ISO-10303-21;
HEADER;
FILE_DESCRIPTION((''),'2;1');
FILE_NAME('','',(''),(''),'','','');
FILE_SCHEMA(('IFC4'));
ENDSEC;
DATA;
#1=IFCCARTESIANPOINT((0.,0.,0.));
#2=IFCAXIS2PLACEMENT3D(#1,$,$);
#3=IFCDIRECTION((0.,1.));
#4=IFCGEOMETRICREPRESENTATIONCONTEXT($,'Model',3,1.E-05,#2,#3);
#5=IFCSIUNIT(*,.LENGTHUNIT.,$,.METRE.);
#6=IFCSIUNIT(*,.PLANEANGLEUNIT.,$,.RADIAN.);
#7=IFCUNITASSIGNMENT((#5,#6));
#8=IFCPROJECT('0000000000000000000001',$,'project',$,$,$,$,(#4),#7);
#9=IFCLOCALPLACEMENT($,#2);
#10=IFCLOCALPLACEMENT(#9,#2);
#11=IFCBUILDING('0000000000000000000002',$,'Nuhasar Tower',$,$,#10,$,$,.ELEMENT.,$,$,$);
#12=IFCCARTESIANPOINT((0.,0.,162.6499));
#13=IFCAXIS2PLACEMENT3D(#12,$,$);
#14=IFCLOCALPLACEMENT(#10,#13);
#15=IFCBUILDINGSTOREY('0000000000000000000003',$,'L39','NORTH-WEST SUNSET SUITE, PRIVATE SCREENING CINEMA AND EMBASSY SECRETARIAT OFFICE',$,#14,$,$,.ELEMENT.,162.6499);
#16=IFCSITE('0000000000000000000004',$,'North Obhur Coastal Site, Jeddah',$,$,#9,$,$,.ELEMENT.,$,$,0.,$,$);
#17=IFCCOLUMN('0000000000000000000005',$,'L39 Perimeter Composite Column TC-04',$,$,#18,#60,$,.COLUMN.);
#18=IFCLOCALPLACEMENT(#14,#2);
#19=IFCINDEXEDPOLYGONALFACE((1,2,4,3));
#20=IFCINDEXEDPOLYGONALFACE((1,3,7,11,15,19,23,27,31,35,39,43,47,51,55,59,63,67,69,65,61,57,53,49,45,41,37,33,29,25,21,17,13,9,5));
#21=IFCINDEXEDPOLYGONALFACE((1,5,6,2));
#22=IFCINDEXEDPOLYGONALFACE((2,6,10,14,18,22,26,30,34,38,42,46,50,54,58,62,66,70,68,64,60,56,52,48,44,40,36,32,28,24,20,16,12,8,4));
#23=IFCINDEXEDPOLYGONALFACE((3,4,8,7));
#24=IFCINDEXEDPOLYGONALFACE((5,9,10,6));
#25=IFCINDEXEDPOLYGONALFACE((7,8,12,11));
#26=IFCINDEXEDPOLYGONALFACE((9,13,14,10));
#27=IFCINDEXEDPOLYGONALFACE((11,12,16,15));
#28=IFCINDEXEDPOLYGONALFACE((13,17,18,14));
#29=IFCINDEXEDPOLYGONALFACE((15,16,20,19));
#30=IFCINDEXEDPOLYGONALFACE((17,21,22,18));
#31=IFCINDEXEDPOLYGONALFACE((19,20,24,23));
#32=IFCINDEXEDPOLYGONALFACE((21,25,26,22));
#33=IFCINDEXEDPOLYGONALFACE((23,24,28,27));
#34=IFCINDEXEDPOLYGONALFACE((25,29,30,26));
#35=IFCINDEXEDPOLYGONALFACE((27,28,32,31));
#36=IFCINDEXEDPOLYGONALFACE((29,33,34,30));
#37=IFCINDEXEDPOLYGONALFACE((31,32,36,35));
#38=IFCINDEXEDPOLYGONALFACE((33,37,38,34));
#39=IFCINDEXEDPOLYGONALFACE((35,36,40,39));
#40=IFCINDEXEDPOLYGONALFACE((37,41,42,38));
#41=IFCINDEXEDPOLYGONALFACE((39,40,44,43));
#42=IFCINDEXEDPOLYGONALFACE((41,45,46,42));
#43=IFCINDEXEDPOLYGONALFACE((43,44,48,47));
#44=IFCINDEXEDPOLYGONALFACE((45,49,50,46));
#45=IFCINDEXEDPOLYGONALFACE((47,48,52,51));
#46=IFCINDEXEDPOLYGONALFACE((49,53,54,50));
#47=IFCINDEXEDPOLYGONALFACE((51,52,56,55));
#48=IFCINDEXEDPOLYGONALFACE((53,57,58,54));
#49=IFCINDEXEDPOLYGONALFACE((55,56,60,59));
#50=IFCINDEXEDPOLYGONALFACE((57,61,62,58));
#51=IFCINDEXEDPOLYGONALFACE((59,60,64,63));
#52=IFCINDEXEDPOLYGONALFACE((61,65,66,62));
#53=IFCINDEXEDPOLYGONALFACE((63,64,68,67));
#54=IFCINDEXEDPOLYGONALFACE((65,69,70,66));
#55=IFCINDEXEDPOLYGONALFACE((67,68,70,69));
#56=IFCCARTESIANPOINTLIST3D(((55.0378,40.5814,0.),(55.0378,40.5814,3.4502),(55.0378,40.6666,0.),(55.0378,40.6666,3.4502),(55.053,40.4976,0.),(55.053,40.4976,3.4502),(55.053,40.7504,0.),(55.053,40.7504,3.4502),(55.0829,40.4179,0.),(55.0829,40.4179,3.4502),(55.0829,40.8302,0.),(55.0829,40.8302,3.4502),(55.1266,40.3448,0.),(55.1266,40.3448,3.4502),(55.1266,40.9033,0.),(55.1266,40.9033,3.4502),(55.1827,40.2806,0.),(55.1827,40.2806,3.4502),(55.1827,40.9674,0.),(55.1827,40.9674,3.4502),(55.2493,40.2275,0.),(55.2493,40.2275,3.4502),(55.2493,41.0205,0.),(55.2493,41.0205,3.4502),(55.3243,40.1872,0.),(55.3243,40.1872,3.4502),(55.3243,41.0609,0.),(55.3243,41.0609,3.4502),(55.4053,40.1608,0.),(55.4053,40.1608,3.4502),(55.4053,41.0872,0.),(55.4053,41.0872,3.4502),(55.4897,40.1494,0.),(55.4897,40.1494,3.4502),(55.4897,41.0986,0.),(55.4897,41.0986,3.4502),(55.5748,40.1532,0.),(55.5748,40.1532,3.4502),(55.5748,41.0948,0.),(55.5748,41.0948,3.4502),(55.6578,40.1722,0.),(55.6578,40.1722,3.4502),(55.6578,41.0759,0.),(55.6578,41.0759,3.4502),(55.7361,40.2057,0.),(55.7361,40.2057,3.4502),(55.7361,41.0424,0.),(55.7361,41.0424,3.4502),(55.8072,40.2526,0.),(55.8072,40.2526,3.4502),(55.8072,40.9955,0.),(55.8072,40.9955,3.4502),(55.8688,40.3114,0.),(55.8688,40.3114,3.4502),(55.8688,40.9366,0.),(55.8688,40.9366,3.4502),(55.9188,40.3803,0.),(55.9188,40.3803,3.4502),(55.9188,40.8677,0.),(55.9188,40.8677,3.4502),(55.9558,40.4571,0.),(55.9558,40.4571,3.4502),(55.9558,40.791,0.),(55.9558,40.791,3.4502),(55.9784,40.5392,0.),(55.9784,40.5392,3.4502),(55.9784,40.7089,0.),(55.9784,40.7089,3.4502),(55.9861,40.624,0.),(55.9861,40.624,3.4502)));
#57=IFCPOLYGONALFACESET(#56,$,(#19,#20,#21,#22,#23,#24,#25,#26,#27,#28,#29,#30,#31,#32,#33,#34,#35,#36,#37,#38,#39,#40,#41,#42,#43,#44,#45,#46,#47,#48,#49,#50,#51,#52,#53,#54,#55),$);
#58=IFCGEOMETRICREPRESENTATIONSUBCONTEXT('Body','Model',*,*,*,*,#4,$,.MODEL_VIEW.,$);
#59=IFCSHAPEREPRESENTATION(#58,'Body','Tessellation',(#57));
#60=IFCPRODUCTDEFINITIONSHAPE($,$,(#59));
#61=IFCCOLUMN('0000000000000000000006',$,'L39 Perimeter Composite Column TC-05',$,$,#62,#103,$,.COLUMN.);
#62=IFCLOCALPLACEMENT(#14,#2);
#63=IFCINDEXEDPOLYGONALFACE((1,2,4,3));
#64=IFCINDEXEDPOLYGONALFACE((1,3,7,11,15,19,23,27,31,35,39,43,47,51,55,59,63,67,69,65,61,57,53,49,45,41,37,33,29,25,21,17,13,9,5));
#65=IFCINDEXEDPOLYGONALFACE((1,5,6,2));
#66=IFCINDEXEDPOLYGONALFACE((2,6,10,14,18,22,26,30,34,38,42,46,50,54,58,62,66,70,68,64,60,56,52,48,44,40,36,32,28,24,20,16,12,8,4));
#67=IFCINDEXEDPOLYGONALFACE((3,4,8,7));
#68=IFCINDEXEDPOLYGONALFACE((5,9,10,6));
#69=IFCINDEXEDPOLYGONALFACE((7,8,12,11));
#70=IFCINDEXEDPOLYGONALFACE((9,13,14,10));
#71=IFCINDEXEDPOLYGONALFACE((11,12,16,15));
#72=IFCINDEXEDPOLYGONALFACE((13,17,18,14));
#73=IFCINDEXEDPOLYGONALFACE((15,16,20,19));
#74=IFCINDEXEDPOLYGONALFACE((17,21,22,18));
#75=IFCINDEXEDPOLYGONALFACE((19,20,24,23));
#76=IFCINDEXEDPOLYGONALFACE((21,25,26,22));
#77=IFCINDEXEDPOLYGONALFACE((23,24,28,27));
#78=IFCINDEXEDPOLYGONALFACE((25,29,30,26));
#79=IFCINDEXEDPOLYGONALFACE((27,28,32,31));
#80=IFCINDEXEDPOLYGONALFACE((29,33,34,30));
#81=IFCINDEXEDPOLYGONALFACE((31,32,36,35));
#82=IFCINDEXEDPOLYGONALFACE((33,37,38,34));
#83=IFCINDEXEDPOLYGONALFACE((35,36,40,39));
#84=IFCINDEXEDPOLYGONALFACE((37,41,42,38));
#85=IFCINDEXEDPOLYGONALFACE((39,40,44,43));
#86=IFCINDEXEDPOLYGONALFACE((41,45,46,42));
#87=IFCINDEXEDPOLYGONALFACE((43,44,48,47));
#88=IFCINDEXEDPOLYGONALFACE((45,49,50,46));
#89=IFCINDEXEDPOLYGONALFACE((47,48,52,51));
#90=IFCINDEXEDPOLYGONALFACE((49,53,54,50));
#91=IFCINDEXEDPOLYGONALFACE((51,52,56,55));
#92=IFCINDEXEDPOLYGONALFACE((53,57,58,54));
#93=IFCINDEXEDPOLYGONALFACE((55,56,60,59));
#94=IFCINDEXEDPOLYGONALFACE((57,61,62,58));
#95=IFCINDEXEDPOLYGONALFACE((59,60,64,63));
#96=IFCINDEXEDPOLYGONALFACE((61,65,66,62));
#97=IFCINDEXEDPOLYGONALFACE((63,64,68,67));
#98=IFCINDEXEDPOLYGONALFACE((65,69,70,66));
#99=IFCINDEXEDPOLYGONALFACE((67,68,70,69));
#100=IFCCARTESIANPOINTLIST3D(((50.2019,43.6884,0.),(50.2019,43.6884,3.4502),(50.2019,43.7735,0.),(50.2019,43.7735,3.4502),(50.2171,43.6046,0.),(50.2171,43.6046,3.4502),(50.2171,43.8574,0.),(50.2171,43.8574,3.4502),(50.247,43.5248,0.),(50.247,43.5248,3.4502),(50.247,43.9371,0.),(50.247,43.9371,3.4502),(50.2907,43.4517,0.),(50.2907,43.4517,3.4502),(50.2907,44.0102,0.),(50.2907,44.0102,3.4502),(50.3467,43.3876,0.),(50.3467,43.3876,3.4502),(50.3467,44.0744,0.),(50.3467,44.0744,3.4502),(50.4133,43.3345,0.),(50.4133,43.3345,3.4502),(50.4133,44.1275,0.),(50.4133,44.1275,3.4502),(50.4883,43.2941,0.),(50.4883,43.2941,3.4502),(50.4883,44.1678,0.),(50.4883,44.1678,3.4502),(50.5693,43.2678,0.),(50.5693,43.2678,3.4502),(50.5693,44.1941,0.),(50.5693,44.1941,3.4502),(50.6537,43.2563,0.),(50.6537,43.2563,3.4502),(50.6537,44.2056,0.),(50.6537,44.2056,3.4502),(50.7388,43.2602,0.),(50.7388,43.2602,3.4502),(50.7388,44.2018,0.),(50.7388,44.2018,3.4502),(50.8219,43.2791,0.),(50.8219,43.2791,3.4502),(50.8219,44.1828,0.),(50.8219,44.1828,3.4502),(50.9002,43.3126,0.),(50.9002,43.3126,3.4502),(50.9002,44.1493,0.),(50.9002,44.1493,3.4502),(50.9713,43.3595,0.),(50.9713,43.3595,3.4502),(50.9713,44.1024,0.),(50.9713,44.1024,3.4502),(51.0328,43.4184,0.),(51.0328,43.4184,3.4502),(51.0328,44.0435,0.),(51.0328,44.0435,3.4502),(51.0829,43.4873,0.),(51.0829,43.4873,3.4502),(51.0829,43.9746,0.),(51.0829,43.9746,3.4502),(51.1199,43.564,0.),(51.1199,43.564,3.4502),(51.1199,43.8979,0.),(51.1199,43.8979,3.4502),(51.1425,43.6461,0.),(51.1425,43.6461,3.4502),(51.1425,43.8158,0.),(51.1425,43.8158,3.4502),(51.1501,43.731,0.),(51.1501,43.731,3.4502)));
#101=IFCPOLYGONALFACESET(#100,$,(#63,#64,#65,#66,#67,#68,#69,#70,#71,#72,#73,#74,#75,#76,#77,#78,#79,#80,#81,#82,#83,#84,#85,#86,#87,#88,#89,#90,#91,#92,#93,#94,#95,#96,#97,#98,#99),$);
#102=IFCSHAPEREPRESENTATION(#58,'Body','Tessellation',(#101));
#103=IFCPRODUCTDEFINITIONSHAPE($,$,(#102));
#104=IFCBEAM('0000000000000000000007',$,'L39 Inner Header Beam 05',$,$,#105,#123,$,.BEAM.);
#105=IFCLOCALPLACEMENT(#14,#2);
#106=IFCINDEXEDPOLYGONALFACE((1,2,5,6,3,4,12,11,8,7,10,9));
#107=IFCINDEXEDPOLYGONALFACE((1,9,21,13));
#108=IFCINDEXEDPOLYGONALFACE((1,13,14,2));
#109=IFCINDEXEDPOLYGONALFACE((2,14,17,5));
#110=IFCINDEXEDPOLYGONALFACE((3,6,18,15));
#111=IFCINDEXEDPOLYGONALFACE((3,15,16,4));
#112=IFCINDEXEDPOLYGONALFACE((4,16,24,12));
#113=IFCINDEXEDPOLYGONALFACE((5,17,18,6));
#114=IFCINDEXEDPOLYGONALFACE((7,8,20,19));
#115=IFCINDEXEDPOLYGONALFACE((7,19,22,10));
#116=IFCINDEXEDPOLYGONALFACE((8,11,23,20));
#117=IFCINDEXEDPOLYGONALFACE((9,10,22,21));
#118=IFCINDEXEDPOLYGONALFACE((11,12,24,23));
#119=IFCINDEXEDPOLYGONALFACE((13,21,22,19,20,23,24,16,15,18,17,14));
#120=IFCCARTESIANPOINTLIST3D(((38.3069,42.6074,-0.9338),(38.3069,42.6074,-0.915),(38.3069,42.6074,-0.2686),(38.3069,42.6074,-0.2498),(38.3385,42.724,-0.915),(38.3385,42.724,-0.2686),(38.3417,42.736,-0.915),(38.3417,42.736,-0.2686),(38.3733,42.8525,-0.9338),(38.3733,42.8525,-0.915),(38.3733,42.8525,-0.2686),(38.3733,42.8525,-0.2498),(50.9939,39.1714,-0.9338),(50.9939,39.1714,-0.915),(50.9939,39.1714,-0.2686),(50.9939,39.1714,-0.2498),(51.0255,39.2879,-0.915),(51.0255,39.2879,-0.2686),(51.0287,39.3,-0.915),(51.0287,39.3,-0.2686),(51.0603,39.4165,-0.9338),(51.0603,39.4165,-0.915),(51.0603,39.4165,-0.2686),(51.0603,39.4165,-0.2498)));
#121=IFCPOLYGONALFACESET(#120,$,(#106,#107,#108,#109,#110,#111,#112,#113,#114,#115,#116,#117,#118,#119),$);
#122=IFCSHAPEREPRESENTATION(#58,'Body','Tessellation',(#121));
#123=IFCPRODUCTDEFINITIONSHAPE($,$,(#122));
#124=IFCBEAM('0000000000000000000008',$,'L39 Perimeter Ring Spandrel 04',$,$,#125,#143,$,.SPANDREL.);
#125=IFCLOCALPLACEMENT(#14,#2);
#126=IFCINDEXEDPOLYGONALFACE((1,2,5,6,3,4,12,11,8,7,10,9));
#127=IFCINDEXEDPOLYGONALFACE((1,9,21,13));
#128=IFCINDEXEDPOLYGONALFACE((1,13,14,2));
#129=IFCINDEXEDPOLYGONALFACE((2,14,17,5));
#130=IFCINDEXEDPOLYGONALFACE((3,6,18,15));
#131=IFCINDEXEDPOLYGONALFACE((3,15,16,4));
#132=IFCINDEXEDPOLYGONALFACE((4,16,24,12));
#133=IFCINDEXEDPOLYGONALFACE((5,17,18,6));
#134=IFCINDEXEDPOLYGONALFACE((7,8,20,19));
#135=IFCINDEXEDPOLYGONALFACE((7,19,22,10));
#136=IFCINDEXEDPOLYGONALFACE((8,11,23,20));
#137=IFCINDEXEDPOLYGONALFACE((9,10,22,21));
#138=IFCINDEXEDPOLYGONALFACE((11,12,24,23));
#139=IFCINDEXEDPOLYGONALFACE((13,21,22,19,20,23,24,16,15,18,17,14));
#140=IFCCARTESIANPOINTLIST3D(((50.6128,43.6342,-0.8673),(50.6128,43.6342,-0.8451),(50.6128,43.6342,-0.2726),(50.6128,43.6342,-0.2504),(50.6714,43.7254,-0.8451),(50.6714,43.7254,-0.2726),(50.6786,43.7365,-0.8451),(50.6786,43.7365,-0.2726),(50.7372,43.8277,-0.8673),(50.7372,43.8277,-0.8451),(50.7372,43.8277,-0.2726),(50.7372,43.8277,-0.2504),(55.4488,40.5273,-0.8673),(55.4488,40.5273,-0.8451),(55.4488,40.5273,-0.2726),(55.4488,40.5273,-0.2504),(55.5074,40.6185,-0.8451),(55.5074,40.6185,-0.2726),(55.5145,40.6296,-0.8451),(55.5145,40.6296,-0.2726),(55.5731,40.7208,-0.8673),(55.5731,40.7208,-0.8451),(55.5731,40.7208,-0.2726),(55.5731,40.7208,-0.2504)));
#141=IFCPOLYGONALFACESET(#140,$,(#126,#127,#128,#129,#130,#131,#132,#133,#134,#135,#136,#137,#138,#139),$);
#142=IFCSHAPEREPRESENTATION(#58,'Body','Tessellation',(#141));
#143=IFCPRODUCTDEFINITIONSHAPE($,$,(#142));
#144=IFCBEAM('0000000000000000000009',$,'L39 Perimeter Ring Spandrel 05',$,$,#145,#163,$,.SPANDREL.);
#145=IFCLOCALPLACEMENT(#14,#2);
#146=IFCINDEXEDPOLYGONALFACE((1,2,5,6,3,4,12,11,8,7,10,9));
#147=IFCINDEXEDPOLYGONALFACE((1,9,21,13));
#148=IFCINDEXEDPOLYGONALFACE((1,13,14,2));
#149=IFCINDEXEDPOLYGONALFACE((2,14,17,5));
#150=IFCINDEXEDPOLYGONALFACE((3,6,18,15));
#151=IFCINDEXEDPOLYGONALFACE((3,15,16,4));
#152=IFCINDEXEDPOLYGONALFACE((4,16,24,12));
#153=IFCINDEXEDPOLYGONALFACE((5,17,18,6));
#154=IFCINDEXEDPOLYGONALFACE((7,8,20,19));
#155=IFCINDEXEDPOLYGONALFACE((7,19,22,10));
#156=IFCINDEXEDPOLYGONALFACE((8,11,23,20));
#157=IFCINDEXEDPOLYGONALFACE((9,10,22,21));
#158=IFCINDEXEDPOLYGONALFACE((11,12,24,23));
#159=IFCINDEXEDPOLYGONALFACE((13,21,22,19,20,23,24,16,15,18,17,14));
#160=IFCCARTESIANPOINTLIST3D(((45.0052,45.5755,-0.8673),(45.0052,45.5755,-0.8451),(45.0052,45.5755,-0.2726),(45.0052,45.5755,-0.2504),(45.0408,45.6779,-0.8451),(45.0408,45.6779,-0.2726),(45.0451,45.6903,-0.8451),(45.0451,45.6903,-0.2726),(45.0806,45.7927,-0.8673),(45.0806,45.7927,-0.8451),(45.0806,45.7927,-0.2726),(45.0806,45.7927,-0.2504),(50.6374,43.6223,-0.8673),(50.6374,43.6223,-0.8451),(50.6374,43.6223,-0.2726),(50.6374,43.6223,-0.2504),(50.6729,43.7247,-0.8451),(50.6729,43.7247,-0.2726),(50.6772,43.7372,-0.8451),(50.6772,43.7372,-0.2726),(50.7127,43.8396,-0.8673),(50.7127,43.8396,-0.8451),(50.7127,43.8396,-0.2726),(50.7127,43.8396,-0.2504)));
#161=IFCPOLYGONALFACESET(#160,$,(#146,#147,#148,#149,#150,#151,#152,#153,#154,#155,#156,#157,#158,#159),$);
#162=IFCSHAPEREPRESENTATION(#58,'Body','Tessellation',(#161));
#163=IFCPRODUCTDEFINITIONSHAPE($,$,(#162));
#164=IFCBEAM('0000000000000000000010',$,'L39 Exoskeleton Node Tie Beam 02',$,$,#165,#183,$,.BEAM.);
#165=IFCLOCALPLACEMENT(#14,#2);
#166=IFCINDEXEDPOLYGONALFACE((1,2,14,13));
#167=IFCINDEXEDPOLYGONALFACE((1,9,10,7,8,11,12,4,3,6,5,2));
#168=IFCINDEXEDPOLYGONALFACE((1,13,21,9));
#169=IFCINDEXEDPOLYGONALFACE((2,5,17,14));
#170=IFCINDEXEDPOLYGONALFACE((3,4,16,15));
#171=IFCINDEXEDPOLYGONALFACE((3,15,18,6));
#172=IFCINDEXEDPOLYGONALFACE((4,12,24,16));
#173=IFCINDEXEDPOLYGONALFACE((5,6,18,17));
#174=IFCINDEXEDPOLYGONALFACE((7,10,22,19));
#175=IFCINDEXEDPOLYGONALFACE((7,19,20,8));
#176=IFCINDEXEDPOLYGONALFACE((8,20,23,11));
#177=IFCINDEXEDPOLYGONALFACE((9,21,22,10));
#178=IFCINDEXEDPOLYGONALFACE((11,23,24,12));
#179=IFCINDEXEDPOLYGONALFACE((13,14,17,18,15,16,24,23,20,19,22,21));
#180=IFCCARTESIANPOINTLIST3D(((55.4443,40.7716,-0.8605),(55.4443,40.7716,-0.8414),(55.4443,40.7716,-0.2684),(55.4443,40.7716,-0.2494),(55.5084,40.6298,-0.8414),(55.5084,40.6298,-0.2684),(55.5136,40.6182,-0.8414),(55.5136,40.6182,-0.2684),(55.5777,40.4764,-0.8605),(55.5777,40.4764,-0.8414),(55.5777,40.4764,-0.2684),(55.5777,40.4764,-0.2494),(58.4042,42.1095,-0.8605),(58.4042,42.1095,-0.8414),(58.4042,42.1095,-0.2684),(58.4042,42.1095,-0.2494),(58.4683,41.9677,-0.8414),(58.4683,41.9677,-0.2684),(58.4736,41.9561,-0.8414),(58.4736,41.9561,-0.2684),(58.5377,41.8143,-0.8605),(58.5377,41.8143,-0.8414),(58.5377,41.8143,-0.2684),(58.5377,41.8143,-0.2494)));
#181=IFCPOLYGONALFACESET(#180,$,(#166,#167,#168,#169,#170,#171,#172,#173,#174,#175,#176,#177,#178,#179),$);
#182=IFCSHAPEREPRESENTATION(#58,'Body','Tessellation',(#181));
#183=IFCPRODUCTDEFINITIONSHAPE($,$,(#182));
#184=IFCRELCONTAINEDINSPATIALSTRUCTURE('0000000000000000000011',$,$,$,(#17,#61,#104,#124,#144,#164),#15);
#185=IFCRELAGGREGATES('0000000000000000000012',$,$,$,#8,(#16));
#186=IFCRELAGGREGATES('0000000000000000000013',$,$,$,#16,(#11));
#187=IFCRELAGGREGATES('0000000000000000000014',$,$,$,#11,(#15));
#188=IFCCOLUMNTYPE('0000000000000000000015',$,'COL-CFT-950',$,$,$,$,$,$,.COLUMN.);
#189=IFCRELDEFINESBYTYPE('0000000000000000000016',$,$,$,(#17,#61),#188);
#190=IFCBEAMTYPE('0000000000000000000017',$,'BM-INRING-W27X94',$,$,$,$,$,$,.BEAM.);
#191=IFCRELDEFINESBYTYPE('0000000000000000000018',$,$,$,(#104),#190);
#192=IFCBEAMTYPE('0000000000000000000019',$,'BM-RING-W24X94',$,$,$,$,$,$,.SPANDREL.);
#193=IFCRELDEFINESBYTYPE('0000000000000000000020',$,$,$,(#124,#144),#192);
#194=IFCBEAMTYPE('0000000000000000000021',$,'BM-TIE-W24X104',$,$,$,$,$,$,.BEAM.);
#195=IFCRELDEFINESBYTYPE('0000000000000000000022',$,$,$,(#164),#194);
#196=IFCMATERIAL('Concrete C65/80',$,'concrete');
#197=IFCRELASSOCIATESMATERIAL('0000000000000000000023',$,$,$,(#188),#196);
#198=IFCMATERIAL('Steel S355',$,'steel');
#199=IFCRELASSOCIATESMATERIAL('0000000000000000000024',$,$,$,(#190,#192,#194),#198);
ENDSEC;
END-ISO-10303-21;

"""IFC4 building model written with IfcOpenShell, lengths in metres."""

from ifc_helpers import new_model, si_unit, direction, frame, origin, origin_2d, place, context, subcontext, project, spatial, circle, i_section, extrude, material, material_profile, profile_set, type_object, element, save


model = new_model("IFC4")

# Units and contexts
model_context = context("Model", 3, precision=1e-05, world=origin(), true_north=direction((0.0, 1.0)))
body_context = subcontext(model_context, "Body", "Model", "MODEL_VIEW")
ifc_project = project(units=[si_unit("LENGTHUNIT", "METRE"), si_unit("PLANEANGLEUNIT", "RADIAN")], contexts=[model_context])

# Site, building, storey
site_placement = place(None, origin())
site = spatial("IfcSite", under=ifc_project, at=site_placement, Name="North Obhur Coastal Site, Jeddah", CompositionType="ELEMENT", RefElevation=0.0)
building_placement = place(site_placement, origin())
building = spatial("IfcBuilding", under=site, at=building_placement, Name="Nuhasar Tower", CompositionType="ELEMENT")
storey_placement = place(building_placement, frame((0.0, 0.0, 162.6499)))
storey = spatial("IfcBuildingStorey", under=building, at=storey_placement, Name="L39", Description="NORTH-WEST SUNSET SUITE, PRIVATE SCREENING CINEMA AND EMBASSY SECRETARIAT OFFICE", CompositionType="ELEMENT", Elevation=162.6499)

# Columns
ifc_material_1 = material(Name="Concrete C65/80", Category="concrete")
ifc_material_profile_1 = material_profile(ifc_material_1, circle(Radius=0.4751, at=origin_2d()), Name="CFT950")
ifc_profile_set_1 = profile_set([ifc_material_profile_1], Name="Concrete C65/80")
column_type = type_object("IfcColumnType", Name="COL-CFT-950", PredefinedType="COLUMN", material=ifc_profile_set_1)
for number, where, z_axis, x_axis, name in (
    (1, (55.511, 40.624, 0.0), (0.0, 0.0, 1.0), (1.0, 0.0, 0.0), "L39 Perimeter Composite Column TC-04"),
    (2, (50.675, 43.731, 0.0), (0.0, 0.0, 1.0), (1.0, 0.0, 0.0), "L39 Perimeter Composite Column TC-05"),
):
    element("IfcColumn", number, at=place(storey_placement, frame(where, z_axis=z_axis, x_axis=x_axis)), inside=storey, type_object=column_type, Name=name, PredefinedType="COLUMN", context=body_context, shape_type="SweptSolid", body=[
        extrude(circle(Radius=0.4751, at=origin_2d()), origin(), (0.0, 0.0, 1.0), 3.4502),
    ])

# Beams
ifc_material_2 = material(Name="Steel S355", Category="steel")
ifc_material_profile_2 = material_profile(ifc_material_2, i_section(OverallWidth=0.2539, OverallDepth=0.6841, WebThickness=0.0125, FlangeThickness=0.0188, at=origin_2d()), Name="W27X94")
ifc_profile_set_2 = profile_set([ifc_material_profile_2], Name="Steel S355")
beam_type_1 = type_object("IfcBeamType", Name="BM-INRING-W27X94", PredefinedType="BEAM", material=ifc_profile_set_2)
beam_1_placement = place(storey_placement, frame((51.0271, 39.2939, -0.5918), z_axis=(-0.965227, 0.261413, 0.0), x_axis=(-0.261413, -0.965227, 0.0)))
element("IfcBeam", 3, at=beam_1_placement, inside=storey, type_object=beam_type_1, Name="L39 Inner Header Beam 05", PredefinedType="BEAM", context=body_context, shape_type="SweptSolid", body=[
    extrude(i_section(OverallWidth=0.2539, OverallDepth=0.6841, WebThickness=0.0125, FlangeThickness=0.0188, at=origin_2d()), origin(), (0.0, 0.0, 1.0), 13.144),
])
ifc_material_profile_3 = material_profile(ifc_material_2, i_section(OverallWidth=0.23, OverallDepth=0.6169, WebThickness=0.0132, FlangeThickness=0.0222, at=origin_2d()), Name="W24X94")
ifc_profile_set_3 = profile_set([ifc_material_profile_3], Name="Steel S355")
beam_type_2 = type_object("IfcBeamType", Name="BM-RING-W24X94", PredefinedType="SPANDREL", material=ifc_profile_set_3)
beam_2_placement = place(storey_placement, frame((55.511, 40.624, -0.5588), z_axis=(-0.841327, 0.540526, 0.0), x_axis=(-0.540526, -0.841327, 0.0)))
element("IfcBeam", 4, at=beam_2_placement, inside=storey, type_object=beam_type_2, Name="L39 Perimeter Ring Spandrel 04", PredefinedType="SPANDREL", context=body_context, shape_type="SweptSolid", body=[
    extrude(i_section(OverallWidth=0.23, OverallDepth=0.6169, WebThickness=0.0132, FlangeThickness=0.0222, at=origin_2d()), origin(), (0.0, 0.0, 1.0), 5.748),
])
beam_3_placement = place(storey_placement, frame((50.675, 43.731, -0.5588), z_axis=(-0.944801, 0.327644, 0.0), x_axis=(-0.327644, -0.944801, 0.0)))
element("IfcBeam", 5, at=beam_3_placement, inside=storey, type_object=beam_type_2, Name="L39 Perimeter Ring Spandrel 05", PredefinedType="SPANDREL", context=body_context, shape_type="SweptSolid", body=[
    extrude(i_section(OverallWidth=0.23, OverallDepth=0.6169, WebThickness=0.0132, FlangeThickness=0.0222, at=origin_2d()), origin(), (0.0, 0.0, 1.0), 5.9612),
])
ifc_material_profile_4 = material_profile(ifc_material_2, i_section(OverallWidth=0.324, OverallDepth=0.6111, WebThickness=0.0127, FlangeThickness=0.019, at=origin_2d()), Name="W24X104")
ifc_profile_set_4 = profile_set([ifc_material_profile_4], Name="Steel S355")
beam_type_3 = type_object("IfcBeamType", Name="BM-TIE-W24X104", PredefinedType="BEAM", material=ifc_profile_set_4)
beam_4_placement = place(storey_placement, frame((55.511, 40.624, -0.5549), z_axis=(0.91124, 0.411877, 0.0), x_axis=(-0.411877, 0.91124, 0.0)))
element("IfcBeam", 6, at=beam_4_placement, inside=storey, type_object=beam_type_3, Name="L39 Exoskeleton Node Tie Beam 02", PredefinedType="BEAM", context=body_context, shape_type="SweptSolid", body=[
    extrude(i_section(OverallWidth=0.324, OverallDepth=0.6111, WebThickness=0.0127, FlangeThickness=0.019, at=origin_2d()), origin(), (0.0, 0.0, 1.0), 3.2483),
])

save(model, "model.ifc")
